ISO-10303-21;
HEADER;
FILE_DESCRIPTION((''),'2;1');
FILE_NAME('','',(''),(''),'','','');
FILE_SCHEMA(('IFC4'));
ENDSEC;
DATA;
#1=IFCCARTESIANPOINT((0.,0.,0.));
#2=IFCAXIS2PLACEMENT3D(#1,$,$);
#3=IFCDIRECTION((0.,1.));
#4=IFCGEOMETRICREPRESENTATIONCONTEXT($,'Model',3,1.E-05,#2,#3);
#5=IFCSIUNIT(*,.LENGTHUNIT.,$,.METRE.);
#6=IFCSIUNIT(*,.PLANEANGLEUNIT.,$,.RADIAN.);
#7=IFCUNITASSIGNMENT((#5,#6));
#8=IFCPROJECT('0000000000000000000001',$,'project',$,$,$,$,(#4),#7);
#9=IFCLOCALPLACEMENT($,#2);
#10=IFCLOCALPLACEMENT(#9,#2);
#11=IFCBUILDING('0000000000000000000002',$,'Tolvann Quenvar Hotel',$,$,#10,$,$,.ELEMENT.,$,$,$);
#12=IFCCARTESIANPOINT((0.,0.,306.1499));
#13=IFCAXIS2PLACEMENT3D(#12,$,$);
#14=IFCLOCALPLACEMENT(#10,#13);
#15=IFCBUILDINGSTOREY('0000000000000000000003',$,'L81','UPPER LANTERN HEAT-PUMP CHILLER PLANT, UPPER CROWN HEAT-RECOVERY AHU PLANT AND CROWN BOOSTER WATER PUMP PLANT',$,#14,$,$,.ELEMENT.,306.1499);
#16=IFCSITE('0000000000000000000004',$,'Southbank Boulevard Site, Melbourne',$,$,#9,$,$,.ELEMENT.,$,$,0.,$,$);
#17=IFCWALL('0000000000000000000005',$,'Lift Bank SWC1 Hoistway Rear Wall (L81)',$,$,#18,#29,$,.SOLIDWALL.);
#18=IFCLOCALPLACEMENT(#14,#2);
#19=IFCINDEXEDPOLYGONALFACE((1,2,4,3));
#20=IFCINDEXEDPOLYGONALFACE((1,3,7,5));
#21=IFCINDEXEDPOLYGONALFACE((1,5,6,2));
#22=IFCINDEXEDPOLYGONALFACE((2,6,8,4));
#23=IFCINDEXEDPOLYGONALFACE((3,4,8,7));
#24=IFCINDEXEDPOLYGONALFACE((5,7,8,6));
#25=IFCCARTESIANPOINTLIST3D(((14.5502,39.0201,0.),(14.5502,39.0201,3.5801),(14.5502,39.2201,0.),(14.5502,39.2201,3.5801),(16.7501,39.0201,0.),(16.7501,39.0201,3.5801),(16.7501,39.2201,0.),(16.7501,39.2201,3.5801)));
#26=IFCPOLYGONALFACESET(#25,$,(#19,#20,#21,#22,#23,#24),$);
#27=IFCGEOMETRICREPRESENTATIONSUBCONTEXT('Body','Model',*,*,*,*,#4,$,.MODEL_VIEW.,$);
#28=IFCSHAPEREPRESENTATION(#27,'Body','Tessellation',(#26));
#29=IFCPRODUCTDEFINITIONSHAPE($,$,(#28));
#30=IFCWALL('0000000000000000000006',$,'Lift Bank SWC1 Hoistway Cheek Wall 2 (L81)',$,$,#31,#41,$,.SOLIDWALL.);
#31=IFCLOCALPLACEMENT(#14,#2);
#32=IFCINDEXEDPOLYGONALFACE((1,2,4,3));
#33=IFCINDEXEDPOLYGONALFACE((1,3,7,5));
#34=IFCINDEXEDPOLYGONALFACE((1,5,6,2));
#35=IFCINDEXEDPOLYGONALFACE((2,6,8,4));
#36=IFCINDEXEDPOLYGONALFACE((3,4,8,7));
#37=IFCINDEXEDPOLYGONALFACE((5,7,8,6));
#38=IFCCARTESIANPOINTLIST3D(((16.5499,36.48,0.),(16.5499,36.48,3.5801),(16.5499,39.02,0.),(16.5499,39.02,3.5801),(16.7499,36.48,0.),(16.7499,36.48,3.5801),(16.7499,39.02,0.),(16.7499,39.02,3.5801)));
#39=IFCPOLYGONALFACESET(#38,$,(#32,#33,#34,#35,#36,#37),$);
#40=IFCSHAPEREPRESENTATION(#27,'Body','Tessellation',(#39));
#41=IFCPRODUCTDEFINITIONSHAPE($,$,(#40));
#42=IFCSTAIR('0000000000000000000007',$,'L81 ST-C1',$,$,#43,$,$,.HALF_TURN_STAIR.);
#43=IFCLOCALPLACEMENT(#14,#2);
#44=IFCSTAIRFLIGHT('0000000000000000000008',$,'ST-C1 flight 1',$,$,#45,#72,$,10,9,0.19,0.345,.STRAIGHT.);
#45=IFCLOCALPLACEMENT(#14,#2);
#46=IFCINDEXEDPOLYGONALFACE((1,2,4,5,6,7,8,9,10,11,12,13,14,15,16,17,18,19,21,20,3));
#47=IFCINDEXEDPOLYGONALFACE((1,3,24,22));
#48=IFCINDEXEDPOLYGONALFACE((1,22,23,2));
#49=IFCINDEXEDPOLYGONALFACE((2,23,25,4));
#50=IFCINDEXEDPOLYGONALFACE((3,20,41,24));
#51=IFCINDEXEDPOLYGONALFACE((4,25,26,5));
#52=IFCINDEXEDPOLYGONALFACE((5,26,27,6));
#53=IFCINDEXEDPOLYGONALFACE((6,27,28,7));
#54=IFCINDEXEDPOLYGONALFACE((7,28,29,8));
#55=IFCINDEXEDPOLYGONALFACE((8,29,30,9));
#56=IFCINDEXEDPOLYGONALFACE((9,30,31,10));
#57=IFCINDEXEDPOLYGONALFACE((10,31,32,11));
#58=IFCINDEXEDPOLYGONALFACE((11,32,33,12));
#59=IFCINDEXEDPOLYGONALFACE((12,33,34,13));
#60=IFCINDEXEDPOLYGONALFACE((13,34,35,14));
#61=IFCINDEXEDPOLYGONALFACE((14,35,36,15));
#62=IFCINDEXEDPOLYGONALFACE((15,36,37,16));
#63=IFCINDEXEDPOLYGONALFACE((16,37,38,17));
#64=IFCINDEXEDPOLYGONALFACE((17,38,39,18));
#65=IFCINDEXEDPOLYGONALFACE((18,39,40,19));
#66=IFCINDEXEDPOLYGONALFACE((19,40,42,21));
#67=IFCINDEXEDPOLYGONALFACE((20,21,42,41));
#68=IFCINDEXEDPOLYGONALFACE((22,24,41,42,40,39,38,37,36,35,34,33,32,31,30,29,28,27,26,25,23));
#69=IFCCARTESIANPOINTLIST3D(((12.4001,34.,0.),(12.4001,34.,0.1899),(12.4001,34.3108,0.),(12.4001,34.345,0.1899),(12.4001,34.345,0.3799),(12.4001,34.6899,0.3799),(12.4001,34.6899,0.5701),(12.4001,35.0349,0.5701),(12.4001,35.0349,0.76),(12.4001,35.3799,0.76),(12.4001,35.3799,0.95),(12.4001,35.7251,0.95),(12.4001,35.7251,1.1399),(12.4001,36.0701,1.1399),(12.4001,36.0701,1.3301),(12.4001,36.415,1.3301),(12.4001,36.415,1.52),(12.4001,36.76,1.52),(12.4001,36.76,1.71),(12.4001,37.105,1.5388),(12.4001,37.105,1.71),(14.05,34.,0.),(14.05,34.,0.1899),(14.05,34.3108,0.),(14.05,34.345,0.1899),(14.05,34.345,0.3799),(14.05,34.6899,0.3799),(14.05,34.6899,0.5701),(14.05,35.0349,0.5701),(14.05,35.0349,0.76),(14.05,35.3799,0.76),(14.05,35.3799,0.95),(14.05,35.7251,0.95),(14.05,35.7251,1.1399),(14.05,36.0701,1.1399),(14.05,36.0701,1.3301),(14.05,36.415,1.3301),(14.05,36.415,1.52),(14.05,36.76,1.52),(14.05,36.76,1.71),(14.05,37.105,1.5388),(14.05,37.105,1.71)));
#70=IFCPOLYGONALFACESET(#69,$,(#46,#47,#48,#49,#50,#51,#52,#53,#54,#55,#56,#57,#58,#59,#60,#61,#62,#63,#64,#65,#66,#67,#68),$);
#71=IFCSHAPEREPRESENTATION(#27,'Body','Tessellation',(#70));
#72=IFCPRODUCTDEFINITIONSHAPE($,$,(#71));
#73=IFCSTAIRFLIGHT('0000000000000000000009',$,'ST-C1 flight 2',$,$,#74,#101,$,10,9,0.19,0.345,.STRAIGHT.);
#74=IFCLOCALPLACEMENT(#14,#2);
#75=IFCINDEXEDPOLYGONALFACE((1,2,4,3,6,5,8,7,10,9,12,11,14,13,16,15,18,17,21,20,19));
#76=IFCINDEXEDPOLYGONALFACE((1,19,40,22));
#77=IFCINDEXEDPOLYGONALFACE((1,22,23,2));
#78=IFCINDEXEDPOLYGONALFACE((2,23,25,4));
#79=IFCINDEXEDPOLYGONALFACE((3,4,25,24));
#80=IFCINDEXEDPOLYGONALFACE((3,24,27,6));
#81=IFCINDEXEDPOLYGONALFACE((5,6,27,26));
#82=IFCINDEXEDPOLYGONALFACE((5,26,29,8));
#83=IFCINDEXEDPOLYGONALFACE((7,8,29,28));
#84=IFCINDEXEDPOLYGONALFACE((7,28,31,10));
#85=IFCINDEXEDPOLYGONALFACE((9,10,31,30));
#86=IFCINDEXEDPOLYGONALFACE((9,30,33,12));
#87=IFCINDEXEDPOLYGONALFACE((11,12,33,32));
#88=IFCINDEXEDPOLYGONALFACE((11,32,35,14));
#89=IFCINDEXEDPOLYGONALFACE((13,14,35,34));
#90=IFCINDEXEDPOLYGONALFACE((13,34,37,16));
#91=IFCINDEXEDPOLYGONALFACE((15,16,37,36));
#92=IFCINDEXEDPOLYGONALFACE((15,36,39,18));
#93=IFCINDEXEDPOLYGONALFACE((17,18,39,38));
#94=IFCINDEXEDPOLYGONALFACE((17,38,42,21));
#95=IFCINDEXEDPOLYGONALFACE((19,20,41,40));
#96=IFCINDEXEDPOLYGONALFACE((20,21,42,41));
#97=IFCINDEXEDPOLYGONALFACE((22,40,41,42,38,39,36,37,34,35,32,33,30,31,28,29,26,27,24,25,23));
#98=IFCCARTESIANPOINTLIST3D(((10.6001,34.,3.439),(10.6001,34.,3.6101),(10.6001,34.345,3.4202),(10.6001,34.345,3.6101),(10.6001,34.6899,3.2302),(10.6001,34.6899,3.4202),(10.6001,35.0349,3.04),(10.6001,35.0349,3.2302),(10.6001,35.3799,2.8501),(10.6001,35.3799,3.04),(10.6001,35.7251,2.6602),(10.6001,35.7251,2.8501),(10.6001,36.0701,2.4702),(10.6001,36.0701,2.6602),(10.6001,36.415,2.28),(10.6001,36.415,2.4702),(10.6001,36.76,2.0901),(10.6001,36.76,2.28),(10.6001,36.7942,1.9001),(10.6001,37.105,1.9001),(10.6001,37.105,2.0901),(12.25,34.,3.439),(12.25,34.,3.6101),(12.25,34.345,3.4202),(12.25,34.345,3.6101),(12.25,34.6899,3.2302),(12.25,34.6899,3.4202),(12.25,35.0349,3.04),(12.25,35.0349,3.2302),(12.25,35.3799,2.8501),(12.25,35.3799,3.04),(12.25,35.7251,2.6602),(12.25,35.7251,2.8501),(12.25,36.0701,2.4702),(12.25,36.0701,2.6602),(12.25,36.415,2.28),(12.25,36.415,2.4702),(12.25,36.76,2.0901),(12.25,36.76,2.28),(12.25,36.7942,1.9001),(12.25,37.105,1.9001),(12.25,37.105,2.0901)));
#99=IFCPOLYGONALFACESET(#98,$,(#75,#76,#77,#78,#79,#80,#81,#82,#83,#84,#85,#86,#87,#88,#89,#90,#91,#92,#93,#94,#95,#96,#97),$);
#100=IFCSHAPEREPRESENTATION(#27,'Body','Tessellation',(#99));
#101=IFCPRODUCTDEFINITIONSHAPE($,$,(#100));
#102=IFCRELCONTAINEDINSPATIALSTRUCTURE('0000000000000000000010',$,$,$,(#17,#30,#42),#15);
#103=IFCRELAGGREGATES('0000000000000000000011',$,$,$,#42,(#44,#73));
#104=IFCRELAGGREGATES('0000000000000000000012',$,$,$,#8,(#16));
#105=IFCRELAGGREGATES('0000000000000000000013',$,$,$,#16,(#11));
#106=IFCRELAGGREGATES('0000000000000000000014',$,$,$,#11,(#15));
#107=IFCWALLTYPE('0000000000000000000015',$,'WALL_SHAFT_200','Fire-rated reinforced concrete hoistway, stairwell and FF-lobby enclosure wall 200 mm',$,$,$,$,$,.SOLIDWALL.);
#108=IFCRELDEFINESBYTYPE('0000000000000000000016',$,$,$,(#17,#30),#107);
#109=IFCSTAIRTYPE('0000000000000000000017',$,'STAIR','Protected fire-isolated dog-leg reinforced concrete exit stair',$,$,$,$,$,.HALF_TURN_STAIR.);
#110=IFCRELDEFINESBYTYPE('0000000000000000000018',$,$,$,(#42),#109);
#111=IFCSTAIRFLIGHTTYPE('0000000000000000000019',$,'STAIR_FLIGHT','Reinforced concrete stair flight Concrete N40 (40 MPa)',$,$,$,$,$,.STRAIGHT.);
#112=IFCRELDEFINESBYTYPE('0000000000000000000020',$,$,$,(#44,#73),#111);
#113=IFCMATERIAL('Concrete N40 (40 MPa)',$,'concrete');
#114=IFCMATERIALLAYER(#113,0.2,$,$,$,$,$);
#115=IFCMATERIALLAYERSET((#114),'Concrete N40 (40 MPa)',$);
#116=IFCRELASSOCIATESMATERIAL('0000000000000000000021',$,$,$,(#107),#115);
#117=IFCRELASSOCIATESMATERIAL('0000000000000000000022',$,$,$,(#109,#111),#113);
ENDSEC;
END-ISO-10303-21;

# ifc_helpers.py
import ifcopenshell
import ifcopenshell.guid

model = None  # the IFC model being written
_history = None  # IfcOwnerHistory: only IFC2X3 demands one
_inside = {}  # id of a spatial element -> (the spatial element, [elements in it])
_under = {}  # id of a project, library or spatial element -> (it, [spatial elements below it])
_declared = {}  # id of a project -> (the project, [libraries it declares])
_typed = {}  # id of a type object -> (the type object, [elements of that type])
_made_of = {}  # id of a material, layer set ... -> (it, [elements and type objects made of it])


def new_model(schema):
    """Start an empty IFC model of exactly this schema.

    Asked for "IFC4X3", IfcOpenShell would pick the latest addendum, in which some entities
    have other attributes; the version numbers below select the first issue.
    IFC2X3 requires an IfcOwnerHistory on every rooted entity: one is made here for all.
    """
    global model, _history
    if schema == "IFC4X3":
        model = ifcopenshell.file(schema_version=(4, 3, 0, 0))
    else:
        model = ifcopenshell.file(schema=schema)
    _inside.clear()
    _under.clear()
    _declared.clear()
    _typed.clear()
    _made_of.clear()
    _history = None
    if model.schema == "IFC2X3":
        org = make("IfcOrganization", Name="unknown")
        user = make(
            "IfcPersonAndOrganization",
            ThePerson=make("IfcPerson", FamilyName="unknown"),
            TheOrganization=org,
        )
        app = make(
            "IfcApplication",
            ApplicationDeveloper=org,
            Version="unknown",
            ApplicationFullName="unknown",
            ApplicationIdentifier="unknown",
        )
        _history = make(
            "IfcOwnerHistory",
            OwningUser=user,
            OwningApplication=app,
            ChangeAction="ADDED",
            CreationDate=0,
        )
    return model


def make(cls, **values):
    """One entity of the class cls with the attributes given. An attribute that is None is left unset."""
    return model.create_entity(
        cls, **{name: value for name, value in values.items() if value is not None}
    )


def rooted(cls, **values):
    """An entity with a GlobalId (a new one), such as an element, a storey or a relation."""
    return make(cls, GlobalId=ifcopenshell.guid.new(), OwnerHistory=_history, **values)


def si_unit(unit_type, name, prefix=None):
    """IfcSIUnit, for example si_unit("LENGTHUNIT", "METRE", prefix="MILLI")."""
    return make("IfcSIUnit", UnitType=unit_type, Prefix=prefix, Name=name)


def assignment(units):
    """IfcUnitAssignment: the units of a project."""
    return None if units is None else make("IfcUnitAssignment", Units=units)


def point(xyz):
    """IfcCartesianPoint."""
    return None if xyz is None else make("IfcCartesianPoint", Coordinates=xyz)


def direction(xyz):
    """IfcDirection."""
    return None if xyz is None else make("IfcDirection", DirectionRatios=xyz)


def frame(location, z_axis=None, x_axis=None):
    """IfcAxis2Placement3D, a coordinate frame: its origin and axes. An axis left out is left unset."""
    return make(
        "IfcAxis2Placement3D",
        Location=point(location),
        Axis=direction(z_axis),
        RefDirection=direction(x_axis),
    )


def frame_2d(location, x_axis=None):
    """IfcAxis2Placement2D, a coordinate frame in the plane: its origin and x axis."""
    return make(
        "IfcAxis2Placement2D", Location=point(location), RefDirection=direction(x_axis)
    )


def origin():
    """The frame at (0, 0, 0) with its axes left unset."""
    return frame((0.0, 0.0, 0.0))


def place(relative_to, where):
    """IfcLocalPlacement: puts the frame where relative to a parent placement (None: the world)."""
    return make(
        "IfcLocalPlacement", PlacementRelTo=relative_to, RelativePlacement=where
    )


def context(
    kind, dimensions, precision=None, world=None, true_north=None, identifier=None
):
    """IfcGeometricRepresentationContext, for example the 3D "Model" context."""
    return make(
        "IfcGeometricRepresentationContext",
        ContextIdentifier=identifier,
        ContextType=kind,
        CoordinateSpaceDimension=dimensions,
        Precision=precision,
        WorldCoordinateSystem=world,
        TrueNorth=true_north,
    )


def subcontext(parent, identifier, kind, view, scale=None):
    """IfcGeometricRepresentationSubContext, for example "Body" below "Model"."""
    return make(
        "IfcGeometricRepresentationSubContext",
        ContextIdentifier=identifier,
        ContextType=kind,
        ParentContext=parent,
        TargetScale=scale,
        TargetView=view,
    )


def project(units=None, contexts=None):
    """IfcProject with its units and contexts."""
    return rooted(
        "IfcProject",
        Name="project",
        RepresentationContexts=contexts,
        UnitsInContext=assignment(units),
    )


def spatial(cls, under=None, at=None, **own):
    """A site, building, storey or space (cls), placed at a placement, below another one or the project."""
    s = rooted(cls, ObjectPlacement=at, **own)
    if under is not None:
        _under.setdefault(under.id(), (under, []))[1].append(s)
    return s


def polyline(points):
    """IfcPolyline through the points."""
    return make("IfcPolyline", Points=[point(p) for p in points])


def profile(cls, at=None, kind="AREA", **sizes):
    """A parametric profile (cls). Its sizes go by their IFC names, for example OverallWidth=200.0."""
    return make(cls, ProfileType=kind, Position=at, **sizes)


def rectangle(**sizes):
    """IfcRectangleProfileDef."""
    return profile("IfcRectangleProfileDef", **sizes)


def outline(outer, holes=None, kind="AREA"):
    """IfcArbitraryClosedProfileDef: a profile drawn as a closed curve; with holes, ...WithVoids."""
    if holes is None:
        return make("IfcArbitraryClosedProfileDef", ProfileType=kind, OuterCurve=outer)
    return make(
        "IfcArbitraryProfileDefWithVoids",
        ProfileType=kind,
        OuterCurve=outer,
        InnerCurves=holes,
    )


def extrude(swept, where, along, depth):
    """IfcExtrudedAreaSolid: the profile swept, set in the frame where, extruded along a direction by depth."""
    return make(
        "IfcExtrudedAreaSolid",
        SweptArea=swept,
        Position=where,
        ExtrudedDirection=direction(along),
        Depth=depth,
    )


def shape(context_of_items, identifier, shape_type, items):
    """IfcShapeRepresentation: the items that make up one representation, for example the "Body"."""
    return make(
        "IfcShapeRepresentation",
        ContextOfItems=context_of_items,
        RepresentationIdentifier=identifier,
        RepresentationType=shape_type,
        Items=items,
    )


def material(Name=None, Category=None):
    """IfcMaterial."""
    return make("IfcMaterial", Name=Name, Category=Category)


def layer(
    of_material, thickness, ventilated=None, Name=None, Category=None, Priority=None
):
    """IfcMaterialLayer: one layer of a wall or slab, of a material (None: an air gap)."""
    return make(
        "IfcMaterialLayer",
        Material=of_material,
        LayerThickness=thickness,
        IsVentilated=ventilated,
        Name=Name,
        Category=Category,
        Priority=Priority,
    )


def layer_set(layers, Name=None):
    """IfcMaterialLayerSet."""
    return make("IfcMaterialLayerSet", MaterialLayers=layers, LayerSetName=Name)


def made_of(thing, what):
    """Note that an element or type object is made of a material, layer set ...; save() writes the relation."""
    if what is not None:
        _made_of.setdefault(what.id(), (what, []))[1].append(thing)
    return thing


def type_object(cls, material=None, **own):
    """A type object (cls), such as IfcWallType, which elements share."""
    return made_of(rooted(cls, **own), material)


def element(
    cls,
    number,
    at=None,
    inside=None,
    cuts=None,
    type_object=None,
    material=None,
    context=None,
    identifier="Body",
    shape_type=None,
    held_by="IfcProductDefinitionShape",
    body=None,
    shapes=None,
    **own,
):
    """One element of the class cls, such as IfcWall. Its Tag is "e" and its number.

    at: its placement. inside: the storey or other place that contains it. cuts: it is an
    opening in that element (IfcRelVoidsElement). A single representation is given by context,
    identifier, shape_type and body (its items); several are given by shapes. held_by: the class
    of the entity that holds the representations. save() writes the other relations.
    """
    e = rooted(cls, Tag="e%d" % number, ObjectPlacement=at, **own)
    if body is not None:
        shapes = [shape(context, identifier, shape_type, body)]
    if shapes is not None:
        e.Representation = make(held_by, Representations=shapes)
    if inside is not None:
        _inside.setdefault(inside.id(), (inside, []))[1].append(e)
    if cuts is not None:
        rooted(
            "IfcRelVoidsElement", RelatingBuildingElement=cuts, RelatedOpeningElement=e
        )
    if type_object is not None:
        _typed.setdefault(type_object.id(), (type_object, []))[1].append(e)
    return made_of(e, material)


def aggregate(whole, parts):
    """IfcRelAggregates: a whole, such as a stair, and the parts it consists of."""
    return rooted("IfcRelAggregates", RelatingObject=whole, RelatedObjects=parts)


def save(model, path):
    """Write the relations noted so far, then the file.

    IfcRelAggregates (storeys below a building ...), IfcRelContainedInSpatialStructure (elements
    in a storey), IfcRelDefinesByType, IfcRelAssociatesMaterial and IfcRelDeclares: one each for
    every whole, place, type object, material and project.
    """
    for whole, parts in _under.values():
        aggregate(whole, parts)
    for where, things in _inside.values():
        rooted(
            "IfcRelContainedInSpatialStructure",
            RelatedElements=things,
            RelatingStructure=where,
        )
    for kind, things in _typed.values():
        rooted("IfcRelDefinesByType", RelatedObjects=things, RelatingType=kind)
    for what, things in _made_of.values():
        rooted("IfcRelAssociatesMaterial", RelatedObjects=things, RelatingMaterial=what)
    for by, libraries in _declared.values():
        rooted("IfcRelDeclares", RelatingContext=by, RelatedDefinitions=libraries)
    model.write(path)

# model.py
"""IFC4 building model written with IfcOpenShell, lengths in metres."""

from ifc_helpers import new_model, si_unit, direction, frame, frame_2d, origin, place, context, subcontext, project, spatial, polyline, rectangle, outline, extrude, material, layer, layer_set, type_object, element, aggregate, save


model = new_model("IFC4")

# Units and contexts
model_context = context("Model", 3, precision=1e-05, world=origin(), true_north=direction((0.0, 1.0)))
body_context = subcontext(model_context, "Body", "Model", "MODEL_VIEW")
ifc_project = project(units=[si_unit("LENGTHUNIT", "METRE"), si_unit("PLANEANGLEUNIT", "RADIAN")], contexts=[model_context])

# Site, building, storey
site_placement = place(None, origin())
site = spatial("IfcSite", under=ifc_project, at=site_placement, Name="Southbank Boulevard Site, Melbourne", CompositionType="ELEMENT", RefElevation=0.0)
building_placement = place(site_placement, origin())
building = spatial("IfcBuilding", under=site, at=building_placement, Name="Tolvann Quenvar Hotel", CompositionType="ELEMENT")
storey_placement = place(building_placement, frame((0.0, 0.0, 306.1499)))
storey = spatial("IfcBuildingStorey", under=building, at=storey_placement, Name="L81", Description="UPPER LANTERN HEAT-PUMP CHILLER PLANT, UPPER CROWN HEAT-RECOVERY AHU PLANT AND CROWN BOOSTER WATER PUMP PLANT", CompositionType="ELEMENT", Elevation=306.1499)

# Shared definitions
ifc_material_1 = material(Name="Concrete N40 (40 MPa)", Category="concrete")
ifc_layer_1 = layer(ifc_material_1, 0.2)
ifc_layer_set_1 = layer_set([ifc_layer_1], Name="Concrete N40 (40 MPa)")
wall_type = type_object("IfcWallType", Name="WALL_SHAFT_200", Description="Fire-rated reinforced concrete hoistway, stairwell and FF-lobby enclosure wall 200 mm", PredefinedType="SOLIDWALL", material=ifc_layer_set_1)

# Walls
wall_1_placement = place(storey_placement, frame((14.55, 39.1201, 0.0), z_axis=(0.0, 0.0, 1.0), x_axis=(1.0, 0.0, 0.0)))
element("IfcWall", 1, at=wall_1_placement, inside=storey, type_object=wall_type, Name="Lift Bank SWC1 Hoistway Rear Wall (L81)", PredefinedType="SOLIDWALL", context=body_context, shape_type="SweptSolid", body=[
    extrude(rectangle(XDim=2.2, YDim=0.2, at=frame_2d((1.1001, 0.0))), origin(), (0.0, 0.0, 1.0), 3.5801),
])
wall_2_placement = place(storey_placement, frame((16.6499, 36.48, 0.0), z_axis=(0.0, 0.0, 1.0), x_axis=(0.0, 1.0, 0.0)))
element("IfcWall", 2, at=wall_2_placement, inside=storey, type_object=wall_type, Name="Lift Bank SWC1 Hoistway Cheek Wall 2 (L81)", PredefinedType="SOLIDWALL", context=body_context, shape_type="SweptSolid", body=[
    extrude(rectangle(XDim=2.54, YDim=0.2, at=frame_2d((1.27, 0.0))), origin(), (0.0, 0.0, 1.0), 3.5801),
])

# Stair, stair flights
stair_type = type_object("IfcStairType", Name="STAIR", Description="Protected fire-isolated dog-leg reinforced concrete exit stair", PredefinedType="HALF_TURN_STAIR", material=ifc_material_1)
stair_placement = place(storey_placement, origin())
stair = element("IfcStair", 3, at=stair_placement, inside=storey, type_object=stair_type, Name="L81 ST-C1", PredefinedType="HALF_TURN_STAIR")
stair_flight_type = type_object("IfcStairFlightType", Name="STAIR_FLIGHT", Description="Reinforced concrete stair flight Concrete N40 (40 MPa)", PredefinedType="STRAIGHT", material=ifc_material_1)
stair_flight_1_placement = place(storey_placement, frame((13.2251, 34.0, 0.0), z_axis=(0.0, 0.0, 1.0), x_axis=(0.0, 1.0, 0.0)))
stair_flight_1 = element("IfcStairFlight", 4, at=stair_flight_1_placement, type_object=stair_flight_type, Name="ST-C1 flight 1", NumberOfRisers=10, NumberOfTreads=9, PredefinedType="STRAIGHT", RiserHeight=0.19, TreadLength=0.345, context=body_context, shape_type="SweptSolid", body=[
    extrude(outline(polyline([(0.0, 0.0), (0.0, 0.1899), (0.345, 0.1899), (0.345, 0.3799), (0.6899, 0.3799), (0.6899, 0.5701), (1.0349, 0.5701), (1.0349, 0.76), (1.3799, 0.76), (1.3799, 0.95), (1.7251, 0.95), (1.7251, 1.1399), (2.0701, 1.1399), (2.0701, 1.3301), (2.415, 1.3301), (2.415, 1.52), (2.76, 1.52), (2.76, 1.71), (3.105, 1.71), (3.105, 1.8999), (3.105, 1.5388), (0.3108, 0.0), (0.0, 0.0)])), frame((0.0, 0.825, 0.0), z_axis=(0.0, -1.0, 0.0), x_axis=(1.0, 0.0, 0.0)), (0.0, 0.0, 1.0), 1.6499),
])
stair_flight_2_placement = place(storey_placement, frame((11.425, 37.105, 1.9001), z_axis=(0.0, 0.0, 1.0), x_axis=(0.0, -1.0, 0.0)))
stair_flight_2 = element("IfcStairFlight", 5, at=stair_flight_2_placement, type_object=stair_flight_type, Name="ST-C1 flight 2", NumberOfRisers=10, NumberOfTreads=9, PredefinedType="STRAIGHT", RiserHeight=0.19, TreadLength=0.345, context=body_context, shape_type="SweptSolid", body=[
    extrude(outline(polyline([(0.0, 0.0), (0.0, 0.1899), (0.345, 0.1899), (0.345, 0.3799), (0.6899, 0.3799), (0.6899, 0.5701), (1.0349, 0.5701), (1.0349, 0.76), (1.3799, 0.76), (1.3799, 0.95), (1.7251, 0.95), (1.7251, 1.1399), (2.0701, 1.1399), (2.0701, 1.3301), (2.415, 1.3301), (2.415, 1.52), (2.76, 1.52), (2.76, 1.71), (3.105, 1.71), (3.105, 1.8999), (3.105, 1.5388), (0.3108, 0.0), (0.0, 0.0)])), frame((0.0, 0.825, 0.0), z_axis=(0.0, -1.0, 0.0), x_axis=(1.0, 0.0, 0.0)), (0.0, 0.0, 1.0), 1.6499),
])
aggregate(stair, [stair_flight_1, stair_flight_2])

save(model, "model.ifc")
